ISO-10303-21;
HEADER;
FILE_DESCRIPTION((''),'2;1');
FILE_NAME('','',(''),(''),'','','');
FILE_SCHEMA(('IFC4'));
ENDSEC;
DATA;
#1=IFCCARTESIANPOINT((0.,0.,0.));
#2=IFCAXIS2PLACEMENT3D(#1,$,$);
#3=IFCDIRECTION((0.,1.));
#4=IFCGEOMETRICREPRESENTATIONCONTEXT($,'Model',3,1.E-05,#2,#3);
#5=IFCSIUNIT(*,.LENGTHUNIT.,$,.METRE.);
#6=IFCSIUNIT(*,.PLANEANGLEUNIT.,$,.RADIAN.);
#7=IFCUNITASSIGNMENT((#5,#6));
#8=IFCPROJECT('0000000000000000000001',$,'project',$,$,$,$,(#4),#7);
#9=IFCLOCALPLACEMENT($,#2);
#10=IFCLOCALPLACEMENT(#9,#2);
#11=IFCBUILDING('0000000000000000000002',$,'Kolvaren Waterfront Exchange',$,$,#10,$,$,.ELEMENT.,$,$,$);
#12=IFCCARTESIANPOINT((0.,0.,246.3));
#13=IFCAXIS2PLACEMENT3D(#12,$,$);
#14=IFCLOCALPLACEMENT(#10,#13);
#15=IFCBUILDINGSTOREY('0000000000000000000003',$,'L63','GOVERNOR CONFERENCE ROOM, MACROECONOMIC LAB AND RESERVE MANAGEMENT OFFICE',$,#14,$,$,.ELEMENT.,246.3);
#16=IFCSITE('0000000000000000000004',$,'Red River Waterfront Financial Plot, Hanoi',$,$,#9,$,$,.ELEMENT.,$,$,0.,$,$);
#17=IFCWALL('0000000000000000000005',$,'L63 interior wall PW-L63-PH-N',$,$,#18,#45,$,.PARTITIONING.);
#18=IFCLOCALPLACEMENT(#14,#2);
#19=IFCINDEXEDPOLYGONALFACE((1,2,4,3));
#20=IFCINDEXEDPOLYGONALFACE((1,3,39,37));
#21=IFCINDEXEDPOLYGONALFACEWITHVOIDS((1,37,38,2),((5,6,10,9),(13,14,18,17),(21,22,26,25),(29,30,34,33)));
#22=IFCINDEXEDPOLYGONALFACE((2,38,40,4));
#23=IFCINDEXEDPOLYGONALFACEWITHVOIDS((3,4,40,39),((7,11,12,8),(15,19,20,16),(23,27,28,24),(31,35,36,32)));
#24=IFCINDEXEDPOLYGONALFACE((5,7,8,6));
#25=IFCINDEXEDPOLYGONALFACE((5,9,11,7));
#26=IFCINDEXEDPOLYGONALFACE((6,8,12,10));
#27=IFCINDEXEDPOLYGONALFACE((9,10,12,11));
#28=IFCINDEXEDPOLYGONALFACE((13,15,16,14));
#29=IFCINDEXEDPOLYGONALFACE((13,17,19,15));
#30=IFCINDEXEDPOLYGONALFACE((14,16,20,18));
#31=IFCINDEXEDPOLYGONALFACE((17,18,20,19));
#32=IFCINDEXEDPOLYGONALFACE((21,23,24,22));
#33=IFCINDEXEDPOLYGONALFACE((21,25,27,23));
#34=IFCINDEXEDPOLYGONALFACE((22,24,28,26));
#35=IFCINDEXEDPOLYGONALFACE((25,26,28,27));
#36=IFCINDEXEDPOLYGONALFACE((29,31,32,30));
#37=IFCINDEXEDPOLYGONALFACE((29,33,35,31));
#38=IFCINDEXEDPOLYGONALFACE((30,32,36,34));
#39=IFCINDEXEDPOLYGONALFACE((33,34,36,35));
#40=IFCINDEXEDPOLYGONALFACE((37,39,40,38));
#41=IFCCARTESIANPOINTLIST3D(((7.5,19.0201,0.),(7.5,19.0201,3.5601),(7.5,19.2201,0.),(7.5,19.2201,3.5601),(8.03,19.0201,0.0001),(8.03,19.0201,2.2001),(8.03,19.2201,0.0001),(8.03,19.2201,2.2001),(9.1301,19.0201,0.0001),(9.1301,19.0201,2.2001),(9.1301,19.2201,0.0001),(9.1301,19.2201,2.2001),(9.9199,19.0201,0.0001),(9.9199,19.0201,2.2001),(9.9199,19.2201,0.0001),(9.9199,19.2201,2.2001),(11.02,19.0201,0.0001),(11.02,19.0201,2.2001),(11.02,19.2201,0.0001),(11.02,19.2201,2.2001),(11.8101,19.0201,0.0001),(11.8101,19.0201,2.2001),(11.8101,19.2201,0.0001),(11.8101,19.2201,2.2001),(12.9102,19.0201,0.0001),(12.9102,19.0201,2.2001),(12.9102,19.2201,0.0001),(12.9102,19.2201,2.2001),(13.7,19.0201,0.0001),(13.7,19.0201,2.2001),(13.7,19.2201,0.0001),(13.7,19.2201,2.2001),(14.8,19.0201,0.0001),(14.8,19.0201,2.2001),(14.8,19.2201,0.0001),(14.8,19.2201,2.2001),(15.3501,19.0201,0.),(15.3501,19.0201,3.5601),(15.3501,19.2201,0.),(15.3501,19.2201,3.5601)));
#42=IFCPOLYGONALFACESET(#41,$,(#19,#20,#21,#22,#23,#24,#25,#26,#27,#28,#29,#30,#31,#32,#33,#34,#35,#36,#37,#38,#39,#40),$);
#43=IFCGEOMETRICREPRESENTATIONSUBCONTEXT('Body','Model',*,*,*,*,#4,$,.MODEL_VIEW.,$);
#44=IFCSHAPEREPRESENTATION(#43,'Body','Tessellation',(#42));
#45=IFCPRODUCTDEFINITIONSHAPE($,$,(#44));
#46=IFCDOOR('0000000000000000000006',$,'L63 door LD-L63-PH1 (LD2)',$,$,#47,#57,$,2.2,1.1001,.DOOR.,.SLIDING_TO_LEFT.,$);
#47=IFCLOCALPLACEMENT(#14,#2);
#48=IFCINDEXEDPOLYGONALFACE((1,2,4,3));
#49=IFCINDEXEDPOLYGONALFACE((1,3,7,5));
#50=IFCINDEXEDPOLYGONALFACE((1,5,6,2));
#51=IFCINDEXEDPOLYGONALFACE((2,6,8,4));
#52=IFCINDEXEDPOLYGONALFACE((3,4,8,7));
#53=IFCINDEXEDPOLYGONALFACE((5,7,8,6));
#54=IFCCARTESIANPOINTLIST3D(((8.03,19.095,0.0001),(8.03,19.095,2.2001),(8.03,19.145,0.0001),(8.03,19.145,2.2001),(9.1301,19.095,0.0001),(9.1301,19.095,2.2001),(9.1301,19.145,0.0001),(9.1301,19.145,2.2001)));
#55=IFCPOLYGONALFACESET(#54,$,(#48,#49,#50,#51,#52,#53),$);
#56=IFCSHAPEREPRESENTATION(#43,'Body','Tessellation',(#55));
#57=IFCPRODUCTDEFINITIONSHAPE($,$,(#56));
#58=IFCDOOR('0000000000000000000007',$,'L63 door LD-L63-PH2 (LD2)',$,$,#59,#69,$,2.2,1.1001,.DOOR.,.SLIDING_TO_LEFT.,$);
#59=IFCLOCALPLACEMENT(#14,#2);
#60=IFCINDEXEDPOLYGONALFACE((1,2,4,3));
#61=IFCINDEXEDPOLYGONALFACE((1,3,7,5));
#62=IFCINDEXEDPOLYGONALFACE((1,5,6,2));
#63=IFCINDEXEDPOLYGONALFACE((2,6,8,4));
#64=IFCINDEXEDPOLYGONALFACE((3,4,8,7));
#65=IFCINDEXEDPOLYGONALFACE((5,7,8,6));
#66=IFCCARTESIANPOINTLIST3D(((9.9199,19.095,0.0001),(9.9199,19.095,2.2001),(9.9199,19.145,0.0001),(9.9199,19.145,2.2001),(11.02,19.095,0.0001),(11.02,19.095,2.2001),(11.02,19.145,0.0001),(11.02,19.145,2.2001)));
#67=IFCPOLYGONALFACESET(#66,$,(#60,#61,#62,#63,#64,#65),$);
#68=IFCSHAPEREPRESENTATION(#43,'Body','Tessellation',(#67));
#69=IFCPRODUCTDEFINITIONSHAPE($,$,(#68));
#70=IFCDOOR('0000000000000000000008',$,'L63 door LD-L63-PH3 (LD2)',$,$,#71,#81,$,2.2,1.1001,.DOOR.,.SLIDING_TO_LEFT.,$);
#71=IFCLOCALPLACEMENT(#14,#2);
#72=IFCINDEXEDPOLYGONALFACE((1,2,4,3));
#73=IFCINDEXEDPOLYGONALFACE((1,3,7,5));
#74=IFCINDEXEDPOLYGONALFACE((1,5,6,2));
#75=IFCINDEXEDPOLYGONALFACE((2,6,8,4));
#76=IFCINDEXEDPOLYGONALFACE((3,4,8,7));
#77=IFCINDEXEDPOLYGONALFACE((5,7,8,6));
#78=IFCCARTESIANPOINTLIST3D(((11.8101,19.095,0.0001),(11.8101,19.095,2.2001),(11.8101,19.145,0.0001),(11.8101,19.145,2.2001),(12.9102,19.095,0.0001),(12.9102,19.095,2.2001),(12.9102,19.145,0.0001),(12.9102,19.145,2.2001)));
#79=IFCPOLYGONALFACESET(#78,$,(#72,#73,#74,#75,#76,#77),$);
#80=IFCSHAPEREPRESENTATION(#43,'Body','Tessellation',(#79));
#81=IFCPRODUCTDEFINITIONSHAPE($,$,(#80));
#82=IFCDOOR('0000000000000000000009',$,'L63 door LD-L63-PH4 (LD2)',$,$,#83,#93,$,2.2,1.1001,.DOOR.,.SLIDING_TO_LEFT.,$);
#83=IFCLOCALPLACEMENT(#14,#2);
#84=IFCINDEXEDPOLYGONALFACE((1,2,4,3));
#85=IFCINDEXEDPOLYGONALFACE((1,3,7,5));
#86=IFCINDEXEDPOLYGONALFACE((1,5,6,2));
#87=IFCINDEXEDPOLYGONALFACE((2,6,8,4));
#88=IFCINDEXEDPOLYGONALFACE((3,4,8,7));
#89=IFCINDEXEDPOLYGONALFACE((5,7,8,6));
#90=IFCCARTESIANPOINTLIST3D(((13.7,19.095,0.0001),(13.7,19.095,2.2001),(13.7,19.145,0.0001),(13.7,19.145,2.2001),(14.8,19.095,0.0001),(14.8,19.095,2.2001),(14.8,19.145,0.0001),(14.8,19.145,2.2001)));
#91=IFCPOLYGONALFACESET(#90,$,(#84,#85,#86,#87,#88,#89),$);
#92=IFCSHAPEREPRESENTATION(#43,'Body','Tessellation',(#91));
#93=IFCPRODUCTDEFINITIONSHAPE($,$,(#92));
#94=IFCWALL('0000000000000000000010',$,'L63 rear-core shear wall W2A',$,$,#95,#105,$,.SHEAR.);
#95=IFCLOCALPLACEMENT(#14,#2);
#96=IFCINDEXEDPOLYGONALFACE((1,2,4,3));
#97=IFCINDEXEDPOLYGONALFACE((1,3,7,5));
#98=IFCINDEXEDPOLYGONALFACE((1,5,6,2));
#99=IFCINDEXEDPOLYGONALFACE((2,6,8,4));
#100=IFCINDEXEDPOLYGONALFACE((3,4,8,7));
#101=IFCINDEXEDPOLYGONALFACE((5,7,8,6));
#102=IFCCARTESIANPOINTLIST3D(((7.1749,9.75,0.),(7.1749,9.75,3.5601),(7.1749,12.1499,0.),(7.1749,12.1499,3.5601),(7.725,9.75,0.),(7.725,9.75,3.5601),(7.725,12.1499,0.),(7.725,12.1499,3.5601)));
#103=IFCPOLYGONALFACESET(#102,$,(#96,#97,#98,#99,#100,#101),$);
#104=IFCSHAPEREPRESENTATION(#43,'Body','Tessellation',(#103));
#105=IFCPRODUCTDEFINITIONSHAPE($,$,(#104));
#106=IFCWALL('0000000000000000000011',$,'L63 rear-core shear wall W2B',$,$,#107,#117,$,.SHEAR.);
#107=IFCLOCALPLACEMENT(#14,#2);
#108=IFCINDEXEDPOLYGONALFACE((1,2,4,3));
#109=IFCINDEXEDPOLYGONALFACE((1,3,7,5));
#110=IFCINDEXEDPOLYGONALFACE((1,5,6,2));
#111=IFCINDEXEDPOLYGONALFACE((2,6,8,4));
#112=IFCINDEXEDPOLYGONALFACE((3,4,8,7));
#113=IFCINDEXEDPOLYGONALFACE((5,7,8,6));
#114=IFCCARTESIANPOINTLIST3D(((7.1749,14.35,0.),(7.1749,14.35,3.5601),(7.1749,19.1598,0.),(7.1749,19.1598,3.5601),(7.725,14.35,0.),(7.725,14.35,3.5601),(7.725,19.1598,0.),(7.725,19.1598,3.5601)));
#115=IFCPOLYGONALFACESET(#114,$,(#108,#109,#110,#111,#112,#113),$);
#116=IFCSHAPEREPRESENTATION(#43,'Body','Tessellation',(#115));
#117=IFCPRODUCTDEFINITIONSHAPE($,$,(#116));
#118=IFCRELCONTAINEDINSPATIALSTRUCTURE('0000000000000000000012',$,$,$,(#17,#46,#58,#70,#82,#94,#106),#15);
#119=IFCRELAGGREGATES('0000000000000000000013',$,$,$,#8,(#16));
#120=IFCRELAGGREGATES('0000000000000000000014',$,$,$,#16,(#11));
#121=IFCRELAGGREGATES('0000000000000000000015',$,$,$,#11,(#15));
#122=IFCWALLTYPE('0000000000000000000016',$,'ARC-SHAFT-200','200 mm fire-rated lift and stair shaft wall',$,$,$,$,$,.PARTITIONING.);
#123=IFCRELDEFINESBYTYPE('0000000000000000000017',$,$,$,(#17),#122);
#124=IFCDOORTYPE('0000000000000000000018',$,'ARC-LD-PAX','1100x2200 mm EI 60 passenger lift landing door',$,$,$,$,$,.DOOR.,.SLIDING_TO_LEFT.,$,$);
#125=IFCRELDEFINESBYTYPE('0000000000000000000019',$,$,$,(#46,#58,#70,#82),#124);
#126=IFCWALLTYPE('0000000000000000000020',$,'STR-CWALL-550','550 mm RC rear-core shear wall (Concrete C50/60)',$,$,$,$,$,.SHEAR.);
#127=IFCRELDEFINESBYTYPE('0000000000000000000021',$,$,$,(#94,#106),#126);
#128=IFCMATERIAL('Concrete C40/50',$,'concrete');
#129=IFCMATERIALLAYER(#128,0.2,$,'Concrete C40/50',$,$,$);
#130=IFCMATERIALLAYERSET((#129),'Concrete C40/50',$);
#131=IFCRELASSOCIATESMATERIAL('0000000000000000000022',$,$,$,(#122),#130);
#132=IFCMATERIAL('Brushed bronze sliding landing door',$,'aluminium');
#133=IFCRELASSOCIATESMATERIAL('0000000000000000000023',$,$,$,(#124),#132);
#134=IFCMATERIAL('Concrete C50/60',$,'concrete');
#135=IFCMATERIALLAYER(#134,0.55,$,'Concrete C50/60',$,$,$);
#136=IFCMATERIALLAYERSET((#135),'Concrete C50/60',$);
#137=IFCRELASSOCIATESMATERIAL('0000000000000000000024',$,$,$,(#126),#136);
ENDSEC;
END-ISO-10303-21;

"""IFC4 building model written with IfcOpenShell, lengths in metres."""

from ifc_helpers import new_model, si_unit, direction, frame, frame_2d, origin, place, context, subcontext, project, spatial, rectangle, extrude, material, layer, layer_set, type_object, element, fill, save


model = new_model("IFC4")

# Units and contexts
model_context = context("Model", 3, precision=1e-05, world=origin(), true_north=direction((0.0, 1.0)))
body_context = subcontext(model_context, "Body", "Model", "MODEL_VIEW")
ifc_project = project(units=[si_unit("LENGTHUNIT", "METRE"), si_unit("PLANEANGLEUNIT", "RADIAN")], contexts=[model_context])

# Site, building, storey
site_placement = place(None, origin())
site = spatial("IfcSite", under=ifc_project, at=site_placement, Name="Red River Waterfront Financial Plot, Hanoi", CompositionType="ELEMENT", RefElevation=0.0)
building_placement = place(site_placement, origin())
building = spatial("IfcBuilding", under=site, at=building_placement, Name="Kolvaren Waterfront Exchange", CompositionType="ELEMENT")
storey_placement = place(building_placement, frame((0.0, 0.0, 246.3)))
storey = spatial("IfcBuildingStorey", under=building, at=storey_placement, Name="L63", Description="GOVERNOR CONFERENCE ROOM, MACROECONOMIC LAB AND RESERVE MANAGEMENT OFFICE", CompositionType="ELEMENT", Elevation=246.3)

# Shared definitions
ifc_material_1 = material(Name="Concrete C40/50", Category="concrete")
ifc_layer_1 = layer(ifc_material_1, 0.2, Name="Concrete C40/50")
ifc_layer_set_1 = layer_set([ifc_layer_1], Name="Concrete C40/50")
wall_type_1 = type_object("IfcWallType", Name="ARC-SHAFT-200", Description="200 mm fire-rated lift and stair shaft wall", PredefinedType="PARTITIONING", material=ifc_layer_set_1)

# Wall, openings, doors
wall_1_placement = place(storey_placement, frame((7.5, 19.1201, 0.0), z_axis=(0.0, 0.0, 1.0), x_axis=(1.0, 0.0, 0.0)))
wall_1 = element("IfcWall", 1, at=wall_1_placement, inside=storey, type_object=wall_type_1, Name="L63 interior wall PW-L63-PH-N", PredefinedType="PARTITIONING", context=body_context, shape_type="SweptSolid", body=[
    extrude(rectangle(XDim=7.8501, YDim=0.2, at=frame_2d((3.925, 0.0))), origin(), (0.0, 0.0, 1.0), 3.5601),
])
opening_1_placement = place(wall_1_placement, frame((0.53, 0.0, 0.0)))
opening_1 = element("IfcOpeningElement", 2, at=opening_1_placement, cuts=wall_1, PredefinedType="OPENING", context=body_context, shape_type="SweptSolid", body=[
    extrude(rectangle(XDim=1.1001, YDim=2.2, at=frame_2d((0.55, 1.1001))), frame((0.0, 0.1099, 0.0), z_axis=(0.0, -1.0, 0.0), x_axis=(1.0, 0.0, 0.0)), (0.0, 0.0, 1.0), 0.22),
])
opening_2_placement = place(wall_1_placement, frame((2.4199, 0.0, 0.0)))
opening_2 = element("IfcOpeningElement", 3, at=opening_2_placement, cuts=wall_1, PredefinedType="OPENING", context=body_context, shape_type="SweptSolid", body=[
    extrude(rectangle(XDim=1.1001, YDim=2.2, at=frame_2d((0.55, 1.1001))), frame((0.0, 0.1099, 0.0), z_axis=(0.0, -1.0, 0.0), x_axis=(1.0, 0.0, 0.0)), (0.0, 0.0, 1.0), 0.22),
])
opening_3_placement = place(wall_1_placement, frame((4.3101, 0.0, 0.0)))
opening_3 = element("IfcOpeningElement", 4, at=opening_3_placement, cuts=wall_1, PredefinedType="OPENING", context=body_context, shape_type="SweptSolid", body=[
    extrude(rectangle(XDim=1.1001, YDim=2.2, at=frame_2d((0.55, 1.1001))), frame((0.0, 0.1099, 0.0), z_axis=(0.0, -1.0, 0.0), x_axis=(1.0, 0.0, 0.0)), (0.0, 0.0, 1.0), 0.22),
])
opening_4_placement = place(wall_1_placement, frame((6.2, 0.0, 0.0)))
opening_4 = element("IfcOpeningElement", 5, at=opening_4_placement, cuts=wall_1, PredefinedType="OPENING", context=body_context, shape_type="SweptSolid", body=[
    extrude(rectangle(XDim=1.1001, YDim=2.2, at=frame_2d((0.55, 1.1001))), frame((0.0, 0.1099, 0.0), z_axis=(0.0, -1.0, 0.0), x_axis=(1.0, 0.0, 0.0)), (0.0, 0.0, 1.0), 0.22),
])
ifc_material_2 = material(Name="Brushed bronze sliding landing door", Category="aluminium")
door_type_1 = type_object("IfcDoorType", Name="ARC-LD-PAX", Description="1100x2200 mm EI 60 passenger lift landing door", OperationType="SLIDING_TO_LEFT", PredefinedType="DOOR", material=ifc_material_2)
door_1_placement = place(opening_1_placement, origin())
door_1 = element("IfcDoor", 6, at=door_1_placement, inside=storey, type_object=door_type_1, Name="L63 door LD-L63-PH1 (LD2)", OperationType="SLIDING_TO_LEFT", OverallHeight=2.2, OverallWidth=1.1001, PredefinedType="DOOR", context=body_context, shape_type="SweptSolid", body=[
    extrude(rectangle(XDim=1.1001, YDim=2.2, at=frame_2d((0.55, 1.1001))), frame((0.0, 0.0249, 0.0), z_axis=(0.0, -1.0, 0.0), x_axis=(1.0, 0.0, 0.0)), (0.0, 0.0, 1.0), 0.05),
])
fill(opening_1, door_1)
door_2_placement = place(opening_2_placement, origin())
door_2 = element("IfcDoor", 7, at=door_2_placement, inside=storey, type_object=door_type_1, Name="L63 door LD-L63-PH2 (LD2)", OperationType="SLIDING_TO_LEFT", OverallHeight=2.2, OverallWidth=1.1001, PredefinedType="DOOR", context=body_context, shape_type="SweptSolid", body=[
    extrude(rectangle(XDim=1.1001, YDim=2.2, at=frame_2d((0.55, 1.1001))), frame((0.0, 0.0249, 0.0), z_axis=(0.0, -1.0, 0.0), x_axis=(1.0, 0.0, 0.0)), (0.0, 0.0, 1.0), 0.05),
])
fill(opening_2, door_2)
door_3_placement = place(opening_3_placement, origin())
door_3 = element("IfcDoor", 8, at=door_3_placement, inside=storey, type_object=door_type_1, Name="L63 door LD-L63-PH3 (LD2)", OperationType="SLIDING_TO_LEFT", OverallHeight=2.2, OverallWidth=1.1001, PredefinedType="DOOR", context=body_context, shape_type="SweptSolid", body=[
    extrude(rectangle(XDim=1.1001, YDim=2.2, at=frame_2d((0.55, 1.1001))), frame((0.0, 0.0249, 0.0), z_axis=(0.0, -1.0, 0.0), x_axis=(1.0, 0.0, 0.0)), (0.0, 0.0, 1.0), 0.05),
])
fill(opening_3, door_3)
door_4_placement = place(opening_4_placement, origin())
door_4 = element("IfcDoor", 9, at=door_4_placement, inside=storey, type_object=door_type_1, Name="L63 door LD-L63-PH4 (LD2)", OperationType="SLIDING_TO_LEFT", OverallHeight=2.2, OverallWidth=1.1001, PredefinedType="DOOR", context=body_context, shape_type="SweptSolid", body=[
    extrude(rectangle(XDim=1.1001, YDim=2.2, at=frame_2d((0.55, 1.1001))), frame((0.0, 0.0249, 0.0), z_axis=(0.0, -1.0, 0.0), x_axis=(1.0, 0.0, 0.0)), (0.0, 0.0, 1.0), 0.05),
])
fill(opening_4, door_4)

# Walls
ifc_material_3 = material(Name="Concrete C50/60", Category="concrete")
ifc_layer_2 = layer(ifc_material_3, 0.55, Name="Concrete C50/60")
ifc_layer_set_2 = layer_set([ifc_layer_2], Name="Concrete C50/60")
wall_type_2 = type_object("IfcWallType", Name="STR-CWALL-550", Description="550 mm RC rear-core shear wall (Concrete C50/60)", PredefinedType="SHEAR", material=ifc_layer_set_2)
wall_2_placement = place(storey_placement, frame((7.45, 9.75, 0.0), z_axis=(0.0, 0.0, 1.0), x_axis=(0.0, 1.0, 0.0)))
element("IfcWall", 10, at=wall_2_placement, inside=storey, type_object=wall_type_2, Name="L63 rear-core shear wall W2A", PredefinedType="SHEAR", context=body_context, shape_type="SweptSolid", body=[
    extrude(rectangle(XDim=2.3999, YDim=0.55, at=frame_2d((1.2, 0.0))), origin(), (0.0, 0.0, 1.0), 3.5601),
])
wall_3_placement = place(storey_placement, frame((7.45, 14.3501, 0.0), z_axis=(0.0, 0.0, 1.0), x_axis=(0.0, 1.0, 0.0)))
element("IfcWall", 11, at=wall_3_placement, inside=storey, type_object=wall_type_2, Name="L63 rear-core shear wall W2B", PredefinedType="SHEAR", context=body_context, shape_type="SweptSolid", body=[
    extrude(rectangle(XDim=4.8098, YDim=0.55, at=frame_2d((2.4048, 0.0))), origin(), (0.0, 0.0, 1.0), 3.5601),
])

save(model, "model.ifc")
